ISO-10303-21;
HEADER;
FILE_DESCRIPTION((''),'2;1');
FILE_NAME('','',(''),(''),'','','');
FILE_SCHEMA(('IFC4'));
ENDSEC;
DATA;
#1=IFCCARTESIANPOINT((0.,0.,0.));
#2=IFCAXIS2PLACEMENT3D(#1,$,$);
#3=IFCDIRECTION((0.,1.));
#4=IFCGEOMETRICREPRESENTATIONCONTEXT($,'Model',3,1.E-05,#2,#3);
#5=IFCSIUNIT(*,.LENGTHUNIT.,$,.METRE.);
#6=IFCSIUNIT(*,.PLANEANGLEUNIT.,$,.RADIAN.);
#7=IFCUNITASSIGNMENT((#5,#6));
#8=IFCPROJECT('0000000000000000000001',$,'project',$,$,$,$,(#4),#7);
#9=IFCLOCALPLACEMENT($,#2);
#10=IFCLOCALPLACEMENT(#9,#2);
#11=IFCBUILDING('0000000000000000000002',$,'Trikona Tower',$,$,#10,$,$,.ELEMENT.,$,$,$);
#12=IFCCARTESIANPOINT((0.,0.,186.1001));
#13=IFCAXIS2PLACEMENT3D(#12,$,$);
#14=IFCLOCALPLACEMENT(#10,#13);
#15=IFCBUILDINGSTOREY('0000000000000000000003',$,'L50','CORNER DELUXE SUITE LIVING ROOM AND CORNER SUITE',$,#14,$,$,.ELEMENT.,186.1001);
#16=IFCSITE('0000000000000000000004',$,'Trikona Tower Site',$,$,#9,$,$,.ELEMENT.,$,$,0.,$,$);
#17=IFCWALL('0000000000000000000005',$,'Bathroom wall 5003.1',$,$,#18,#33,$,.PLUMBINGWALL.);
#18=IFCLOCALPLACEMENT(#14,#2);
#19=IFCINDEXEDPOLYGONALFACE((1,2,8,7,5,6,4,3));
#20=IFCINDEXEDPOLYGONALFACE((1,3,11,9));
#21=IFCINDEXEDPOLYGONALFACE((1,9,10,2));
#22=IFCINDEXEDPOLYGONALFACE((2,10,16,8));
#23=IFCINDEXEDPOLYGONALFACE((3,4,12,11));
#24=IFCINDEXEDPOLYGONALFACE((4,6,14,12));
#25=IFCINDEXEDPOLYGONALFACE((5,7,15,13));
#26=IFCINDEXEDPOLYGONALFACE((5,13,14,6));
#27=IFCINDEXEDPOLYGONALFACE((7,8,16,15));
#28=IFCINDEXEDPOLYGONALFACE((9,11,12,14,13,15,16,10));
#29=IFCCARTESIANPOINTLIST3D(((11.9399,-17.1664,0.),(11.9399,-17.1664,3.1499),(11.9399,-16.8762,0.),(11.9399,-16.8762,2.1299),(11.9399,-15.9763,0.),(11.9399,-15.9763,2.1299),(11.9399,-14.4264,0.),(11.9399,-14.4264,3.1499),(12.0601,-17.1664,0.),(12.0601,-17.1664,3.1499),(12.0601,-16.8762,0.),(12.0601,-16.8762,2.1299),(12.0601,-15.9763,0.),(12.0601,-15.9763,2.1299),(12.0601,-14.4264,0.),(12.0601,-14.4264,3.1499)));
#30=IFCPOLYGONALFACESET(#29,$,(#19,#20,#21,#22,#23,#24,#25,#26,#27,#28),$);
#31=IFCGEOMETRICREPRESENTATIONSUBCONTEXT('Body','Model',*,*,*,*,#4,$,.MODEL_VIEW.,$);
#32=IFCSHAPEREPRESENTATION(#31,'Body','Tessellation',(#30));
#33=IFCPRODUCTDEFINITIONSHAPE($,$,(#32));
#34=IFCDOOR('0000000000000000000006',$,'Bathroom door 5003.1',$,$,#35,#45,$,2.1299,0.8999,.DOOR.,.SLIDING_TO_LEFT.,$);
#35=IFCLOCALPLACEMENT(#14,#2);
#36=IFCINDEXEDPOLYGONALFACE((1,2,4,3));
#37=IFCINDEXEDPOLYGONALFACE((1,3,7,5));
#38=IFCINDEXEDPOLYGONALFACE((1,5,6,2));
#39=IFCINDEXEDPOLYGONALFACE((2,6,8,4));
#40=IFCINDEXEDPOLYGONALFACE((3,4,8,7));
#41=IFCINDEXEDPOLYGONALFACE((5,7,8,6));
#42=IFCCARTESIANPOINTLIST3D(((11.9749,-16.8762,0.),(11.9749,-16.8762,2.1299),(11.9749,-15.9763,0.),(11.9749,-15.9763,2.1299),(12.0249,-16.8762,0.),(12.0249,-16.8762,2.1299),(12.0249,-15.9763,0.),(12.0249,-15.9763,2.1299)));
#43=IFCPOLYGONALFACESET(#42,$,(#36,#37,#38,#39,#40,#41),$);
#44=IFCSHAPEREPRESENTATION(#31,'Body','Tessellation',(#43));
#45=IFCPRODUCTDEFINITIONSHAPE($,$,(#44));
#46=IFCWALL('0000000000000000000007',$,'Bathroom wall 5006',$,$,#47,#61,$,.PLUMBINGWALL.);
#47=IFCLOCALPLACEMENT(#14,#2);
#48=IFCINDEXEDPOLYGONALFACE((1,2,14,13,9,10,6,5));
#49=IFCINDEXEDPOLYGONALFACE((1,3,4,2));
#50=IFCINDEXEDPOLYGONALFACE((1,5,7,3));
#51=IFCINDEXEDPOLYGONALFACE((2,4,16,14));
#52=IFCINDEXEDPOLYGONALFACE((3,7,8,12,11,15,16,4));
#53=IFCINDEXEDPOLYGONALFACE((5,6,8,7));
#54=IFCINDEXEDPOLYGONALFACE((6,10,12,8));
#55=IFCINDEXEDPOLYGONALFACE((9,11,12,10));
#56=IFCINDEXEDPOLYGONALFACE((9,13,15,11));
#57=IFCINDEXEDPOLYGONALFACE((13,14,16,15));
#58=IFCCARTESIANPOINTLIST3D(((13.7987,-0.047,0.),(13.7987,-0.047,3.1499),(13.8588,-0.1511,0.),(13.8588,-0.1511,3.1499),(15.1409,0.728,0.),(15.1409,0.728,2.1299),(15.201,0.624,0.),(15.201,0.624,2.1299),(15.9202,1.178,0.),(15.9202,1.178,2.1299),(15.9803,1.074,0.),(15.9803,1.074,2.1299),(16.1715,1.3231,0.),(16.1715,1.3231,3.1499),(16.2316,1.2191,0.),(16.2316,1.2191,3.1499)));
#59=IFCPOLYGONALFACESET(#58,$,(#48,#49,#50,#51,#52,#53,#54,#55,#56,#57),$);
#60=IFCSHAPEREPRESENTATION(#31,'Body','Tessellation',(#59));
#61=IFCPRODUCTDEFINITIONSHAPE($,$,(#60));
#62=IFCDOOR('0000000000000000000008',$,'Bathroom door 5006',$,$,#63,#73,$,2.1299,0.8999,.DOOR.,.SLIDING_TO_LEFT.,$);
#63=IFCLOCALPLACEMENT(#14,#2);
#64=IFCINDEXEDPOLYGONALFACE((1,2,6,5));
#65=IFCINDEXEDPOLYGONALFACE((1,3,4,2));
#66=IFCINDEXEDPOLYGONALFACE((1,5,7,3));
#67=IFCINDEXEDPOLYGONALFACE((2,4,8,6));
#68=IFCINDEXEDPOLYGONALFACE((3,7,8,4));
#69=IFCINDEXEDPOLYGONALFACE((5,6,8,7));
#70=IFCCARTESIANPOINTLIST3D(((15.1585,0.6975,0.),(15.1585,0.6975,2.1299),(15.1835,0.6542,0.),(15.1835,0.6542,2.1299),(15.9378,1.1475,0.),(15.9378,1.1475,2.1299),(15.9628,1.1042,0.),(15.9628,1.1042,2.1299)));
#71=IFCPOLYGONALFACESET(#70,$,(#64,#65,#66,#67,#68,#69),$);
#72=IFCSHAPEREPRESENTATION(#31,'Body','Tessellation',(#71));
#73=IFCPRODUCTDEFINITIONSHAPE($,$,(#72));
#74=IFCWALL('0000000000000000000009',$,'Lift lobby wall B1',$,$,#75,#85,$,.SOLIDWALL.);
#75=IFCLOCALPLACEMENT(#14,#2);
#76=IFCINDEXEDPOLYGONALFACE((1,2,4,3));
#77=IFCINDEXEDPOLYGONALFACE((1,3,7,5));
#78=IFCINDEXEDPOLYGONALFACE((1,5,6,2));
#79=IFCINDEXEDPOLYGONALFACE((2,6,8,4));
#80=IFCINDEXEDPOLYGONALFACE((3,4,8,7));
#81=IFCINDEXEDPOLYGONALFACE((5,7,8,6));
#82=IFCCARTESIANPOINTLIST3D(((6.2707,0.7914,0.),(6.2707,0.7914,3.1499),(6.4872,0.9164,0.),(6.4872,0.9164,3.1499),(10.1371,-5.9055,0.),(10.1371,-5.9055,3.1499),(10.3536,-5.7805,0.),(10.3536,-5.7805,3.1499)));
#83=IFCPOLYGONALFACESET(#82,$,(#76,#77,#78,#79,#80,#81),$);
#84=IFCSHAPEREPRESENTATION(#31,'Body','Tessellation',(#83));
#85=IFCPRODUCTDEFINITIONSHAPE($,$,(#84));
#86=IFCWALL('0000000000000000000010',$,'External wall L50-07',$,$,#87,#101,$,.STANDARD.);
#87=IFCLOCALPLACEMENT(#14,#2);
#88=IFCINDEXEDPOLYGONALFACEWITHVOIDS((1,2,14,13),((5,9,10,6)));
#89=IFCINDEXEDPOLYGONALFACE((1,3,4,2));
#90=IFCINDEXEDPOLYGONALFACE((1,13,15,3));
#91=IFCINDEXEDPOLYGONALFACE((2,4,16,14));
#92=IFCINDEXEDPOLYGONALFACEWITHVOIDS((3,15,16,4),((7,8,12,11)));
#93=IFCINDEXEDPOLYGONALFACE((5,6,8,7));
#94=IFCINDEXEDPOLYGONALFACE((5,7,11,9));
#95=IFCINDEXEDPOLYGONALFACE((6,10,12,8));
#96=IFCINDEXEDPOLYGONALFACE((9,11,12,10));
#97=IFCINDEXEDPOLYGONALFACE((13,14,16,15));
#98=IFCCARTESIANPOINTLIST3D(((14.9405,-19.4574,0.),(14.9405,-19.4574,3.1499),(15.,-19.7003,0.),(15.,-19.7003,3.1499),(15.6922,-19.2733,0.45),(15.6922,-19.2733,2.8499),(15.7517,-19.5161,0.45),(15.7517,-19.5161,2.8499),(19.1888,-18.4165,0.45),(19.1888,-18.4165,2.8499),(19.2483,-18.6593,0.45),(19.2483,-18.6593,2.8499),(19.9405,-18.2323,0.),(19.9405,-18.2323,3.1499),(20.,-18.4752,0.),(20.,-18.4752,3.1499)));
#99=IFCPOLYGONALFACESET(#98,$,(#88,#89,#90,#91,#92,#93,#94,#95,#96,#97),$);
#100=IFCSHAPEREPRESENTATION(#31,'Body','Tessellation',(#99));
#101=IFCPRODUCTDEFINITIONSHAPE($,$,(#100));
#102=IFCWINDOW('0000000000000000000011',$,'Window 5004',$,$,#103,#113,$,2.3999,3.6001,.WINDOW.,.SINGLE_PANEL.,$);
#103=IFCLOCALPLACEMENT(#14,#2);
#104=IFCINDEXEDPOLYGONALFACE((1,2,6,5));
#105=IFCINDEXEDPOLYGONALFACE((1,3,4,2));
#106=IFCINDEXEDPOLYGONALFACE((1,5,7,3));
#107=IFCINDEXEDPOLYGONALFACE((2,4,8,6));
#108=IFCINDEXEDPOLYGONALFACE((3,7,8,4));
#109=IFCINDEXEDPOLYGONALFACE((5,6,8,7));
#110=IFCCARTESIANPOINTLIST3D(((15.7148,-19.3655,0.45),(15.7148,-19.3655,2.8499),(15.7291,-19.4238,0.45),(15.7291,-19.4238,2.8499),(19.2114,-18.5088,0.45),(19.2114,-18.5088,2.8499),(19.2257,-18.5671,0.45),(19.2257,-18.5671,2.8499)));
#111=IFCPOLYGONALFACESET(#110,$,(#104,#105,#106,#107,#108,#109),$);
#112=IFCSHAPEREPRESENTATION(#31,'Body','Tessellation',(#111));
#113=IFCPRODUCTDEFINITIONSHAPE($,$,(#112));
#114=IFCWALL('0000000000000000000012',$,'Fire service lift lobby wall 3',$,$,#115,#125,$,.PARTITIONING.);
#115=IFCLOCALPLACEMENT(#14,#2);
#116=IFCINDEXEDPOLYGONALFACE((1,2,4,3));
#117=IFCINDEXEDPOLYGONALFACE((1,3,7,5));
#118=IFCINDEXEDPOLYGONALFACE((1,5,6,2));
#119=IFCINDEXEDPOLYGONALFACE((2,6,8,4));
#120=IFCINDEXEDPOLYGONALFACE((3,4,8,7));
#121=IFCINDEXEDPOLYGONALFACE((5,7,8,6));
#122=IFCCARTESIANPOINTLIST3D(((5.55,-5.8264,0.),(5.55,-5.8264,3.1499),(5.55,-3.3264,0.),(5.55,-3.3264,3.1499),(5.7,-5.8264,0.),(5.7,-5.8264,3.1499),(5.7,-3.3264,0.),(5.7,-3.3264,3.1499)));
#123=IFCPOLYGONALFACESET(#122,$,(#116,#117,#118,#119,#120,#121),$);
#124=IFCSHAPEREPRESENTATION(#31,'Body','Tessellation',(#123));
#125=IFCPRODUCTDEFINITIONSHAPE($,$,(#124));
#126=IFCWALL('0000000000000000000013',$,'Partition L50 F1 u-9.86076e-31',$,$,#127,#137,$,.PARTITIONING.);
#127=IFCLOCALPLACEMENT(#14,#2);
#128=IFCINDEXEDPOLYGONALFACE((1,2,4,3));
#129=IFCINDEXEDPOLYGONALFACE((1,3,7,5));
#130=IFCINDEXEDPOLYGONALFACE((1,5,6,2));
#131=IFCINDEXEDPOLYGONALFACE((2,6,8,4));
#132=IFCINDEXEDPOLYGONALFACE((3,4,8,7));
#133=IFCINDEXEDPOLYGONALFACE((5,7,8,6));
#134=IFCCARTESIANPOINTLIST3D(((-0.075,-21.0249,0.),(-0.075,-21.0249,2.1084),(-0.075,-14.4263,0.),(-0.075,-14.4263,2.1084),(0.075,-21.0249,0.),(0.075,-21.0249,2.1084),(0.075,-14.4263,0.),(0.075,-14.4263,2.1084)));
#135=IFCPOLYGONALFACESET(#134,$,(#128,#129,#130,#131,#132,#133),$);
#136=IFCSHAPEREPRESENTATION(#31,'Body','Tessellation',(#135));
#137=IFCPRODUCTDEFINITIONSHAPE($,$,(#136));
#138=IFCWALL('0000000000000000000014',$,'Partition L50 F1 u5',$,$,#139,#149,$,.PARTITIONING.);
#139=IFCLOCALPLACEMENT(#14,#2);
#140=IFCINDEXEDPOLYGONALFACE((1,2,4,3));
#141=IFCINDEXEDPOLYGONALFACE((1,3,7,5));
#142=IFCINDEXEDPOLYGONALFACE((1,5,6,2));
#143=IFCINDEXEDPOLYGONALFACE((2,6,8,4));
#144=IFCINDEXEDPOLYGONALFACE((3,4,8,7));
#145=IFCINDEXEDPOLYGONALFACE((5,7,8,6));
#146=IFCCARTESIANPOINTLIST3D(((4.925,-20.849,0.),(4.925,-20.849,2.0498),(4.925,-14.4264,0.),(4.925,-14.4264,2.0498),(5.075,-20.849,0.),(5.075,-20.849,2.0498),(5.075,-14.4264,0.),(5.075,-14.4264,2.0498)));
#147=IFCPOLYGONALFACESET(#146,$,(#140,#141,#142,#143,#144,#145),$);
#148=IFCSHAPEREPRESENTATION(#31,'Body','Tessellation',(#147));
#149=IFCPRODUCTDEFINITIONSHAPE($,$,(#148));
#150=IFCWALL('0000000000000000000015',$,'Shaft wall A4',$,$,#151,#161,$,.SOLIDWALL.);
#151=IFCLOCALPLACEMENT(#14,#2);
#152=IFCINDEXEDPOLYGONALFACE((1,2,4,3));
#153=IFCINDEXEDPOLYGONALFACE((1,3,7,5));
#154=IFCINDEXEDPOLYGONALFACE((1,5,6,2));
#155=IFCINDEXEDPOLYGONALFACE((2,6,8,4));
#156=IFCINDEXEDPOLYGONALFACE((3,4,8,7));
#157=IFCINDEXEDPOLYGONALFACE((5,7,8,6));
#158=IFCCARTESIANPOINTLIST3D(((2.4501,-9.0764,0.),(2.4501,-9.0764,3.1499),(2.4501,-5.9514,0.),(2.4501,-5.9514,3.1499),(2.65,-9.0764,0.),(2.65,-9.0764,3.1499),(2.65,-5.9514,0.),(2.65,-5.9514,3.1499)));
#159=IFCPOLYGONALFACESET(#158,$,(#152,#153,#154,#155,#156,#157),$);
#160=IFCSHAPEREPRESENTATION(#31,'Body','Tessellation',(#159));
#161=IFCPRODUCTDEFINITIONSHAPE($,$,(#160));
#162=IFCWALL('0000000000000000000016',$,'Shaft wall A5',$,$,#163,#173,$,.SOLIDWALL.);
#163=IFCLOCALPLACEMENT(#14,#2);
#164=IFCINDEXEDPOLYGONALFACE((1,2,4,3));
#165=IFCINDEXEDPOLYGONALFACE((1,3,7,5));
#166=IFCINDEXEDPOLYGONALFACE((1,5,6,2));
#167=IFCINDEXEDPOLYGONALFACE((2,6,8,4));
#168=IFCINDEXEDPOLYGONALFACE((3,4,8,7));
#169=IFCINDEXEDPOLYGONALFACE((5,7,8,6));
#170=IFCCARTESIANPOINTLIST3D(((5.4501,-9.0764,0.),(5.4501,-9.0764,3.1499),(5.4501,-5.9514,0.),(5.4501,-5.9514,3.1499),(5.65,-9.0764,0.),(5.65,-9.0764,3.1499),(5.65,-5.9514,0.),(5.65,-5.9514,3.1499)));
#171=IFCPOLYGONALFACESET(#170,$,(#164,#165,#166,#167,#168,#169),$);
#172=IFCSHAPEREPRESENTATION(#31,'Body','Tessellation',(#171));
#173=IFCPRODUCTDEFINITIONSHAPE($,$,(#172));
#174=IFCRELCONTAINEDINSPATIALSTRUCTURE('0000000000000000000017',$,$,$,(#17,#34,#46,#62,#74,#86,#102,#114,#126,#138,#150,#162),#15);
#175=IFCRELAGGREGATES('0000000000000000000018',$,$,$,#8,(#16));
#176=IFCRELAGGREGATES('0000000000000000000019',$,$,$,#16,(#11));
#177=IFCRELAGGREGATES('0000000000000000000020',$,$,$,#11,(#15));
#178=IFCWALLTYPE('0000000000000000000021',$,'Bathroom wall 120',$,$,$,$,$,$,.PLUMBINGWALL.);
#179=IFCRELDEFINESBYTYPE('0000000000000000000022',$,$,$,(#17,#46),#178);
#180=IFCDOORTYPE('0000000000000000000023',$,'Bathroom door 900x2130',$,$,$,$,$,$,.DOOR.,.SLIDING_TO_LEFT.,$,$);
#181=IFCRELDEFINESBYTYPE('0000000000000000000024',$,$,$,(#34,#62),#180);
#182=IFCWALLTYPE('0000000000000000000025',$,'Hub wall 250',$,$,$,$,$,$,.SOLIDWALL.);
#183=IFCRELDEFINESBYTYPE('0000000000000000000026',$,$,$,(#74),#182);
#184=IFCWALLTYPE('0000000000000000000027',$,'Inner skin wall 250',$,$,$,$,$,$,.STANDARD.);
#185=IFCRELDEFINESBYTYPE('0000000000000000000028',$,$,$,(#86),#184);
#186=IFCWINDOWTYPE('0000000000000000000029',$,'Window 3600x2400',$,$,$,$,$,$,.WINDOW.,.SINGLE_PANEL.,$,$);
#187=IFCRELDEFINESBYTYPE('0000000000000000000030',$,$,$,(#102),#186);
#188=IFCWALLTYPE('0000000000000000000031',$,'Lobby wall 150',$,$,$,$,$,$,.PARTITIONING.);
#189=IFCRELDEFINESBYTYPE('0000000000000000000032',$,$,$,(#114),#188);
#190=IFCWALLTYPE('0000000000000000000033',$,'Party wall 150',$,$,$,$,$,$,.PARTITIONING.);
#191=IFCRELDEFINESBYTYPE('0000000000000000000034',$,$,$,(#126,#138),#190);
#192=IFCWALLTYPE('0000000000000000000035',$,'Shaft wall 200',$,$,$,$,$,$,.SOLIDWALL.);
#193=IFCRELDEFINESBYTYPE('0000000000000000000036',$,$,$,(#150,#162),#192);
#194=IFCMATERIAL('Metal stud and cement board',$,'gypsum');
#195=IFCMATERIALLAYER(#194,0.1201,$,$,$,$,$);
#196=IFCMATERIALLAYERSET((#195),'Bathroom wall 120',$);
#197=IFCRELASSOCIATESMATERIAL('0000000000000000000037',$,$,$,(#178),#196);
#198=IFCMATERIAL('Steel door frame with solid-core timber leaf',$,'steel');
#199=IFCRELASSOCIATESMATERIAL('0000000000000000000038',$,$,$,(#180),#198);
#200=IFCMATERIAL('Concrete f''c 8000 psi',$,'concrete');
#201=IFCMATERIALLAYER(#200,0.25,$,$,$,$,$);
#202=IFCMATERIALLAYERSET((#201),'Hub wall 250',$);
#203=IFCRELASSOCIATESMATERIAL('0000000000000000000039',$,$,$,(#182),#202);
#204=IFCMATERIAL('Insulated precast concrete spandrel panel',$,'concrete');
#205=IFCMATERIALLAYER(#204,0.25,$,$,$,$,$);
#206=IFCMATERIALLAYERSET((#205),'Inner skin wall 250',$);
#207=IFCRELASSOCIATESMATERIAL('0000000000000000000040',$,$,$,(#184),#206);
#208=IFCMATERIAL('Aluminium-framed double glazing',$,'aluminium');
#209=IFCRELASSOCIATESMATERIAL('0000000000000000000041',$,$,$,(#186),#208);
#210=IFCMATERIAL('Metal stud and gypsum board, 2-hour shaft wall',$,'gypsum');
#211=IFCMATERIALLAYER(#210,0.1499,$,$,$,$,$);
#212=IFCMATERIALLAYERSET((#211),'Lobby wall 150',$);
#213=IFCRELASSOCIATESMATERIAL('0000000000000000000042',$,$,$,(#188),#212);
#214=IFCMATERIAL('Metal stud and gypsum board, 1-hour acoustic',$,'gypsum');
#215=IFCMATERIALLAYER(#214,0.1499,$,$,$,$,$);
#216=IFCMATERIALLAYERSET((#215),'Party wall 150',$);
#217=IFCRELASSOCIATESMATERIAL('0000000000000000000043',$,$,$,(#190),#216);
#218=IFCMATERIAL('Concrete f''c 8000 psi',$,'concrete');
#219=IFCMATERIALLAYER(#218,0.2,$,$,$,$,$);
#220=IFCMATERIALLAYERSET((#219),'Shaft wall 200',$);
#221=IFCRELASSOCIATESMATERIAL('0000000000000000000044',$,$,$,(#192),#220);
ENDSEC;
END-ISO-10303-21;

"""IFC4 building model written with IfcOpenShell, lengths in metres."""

from ifc_helpers import new_model, si_unit, direction, frame, frame_2d, origin, place, context, subcontext, project, spatial, rectangle, extrude, material, layer, layer_set, type_object, element, fill, save


model = new_model("IFC4")

# Units and contexts
model_context = context("Model", 3, precision=1e-05, world=origin(), true_north=direction((0.0, 1.0)))
body_context = subcontext(model_context, "Body", "Model", "MODEL_VIEW")
ifc_project = project(units=[si_unit("LENGTHUNIT", "METRE"), si_unit("PLANEANGLEUNIT", "RADIAN")], contexts=[model_context])

# Site, building, storey
site_placement = place(None, origin())
site = spatial("IfcSite", under=ifc_project, at=site_placement, Name="Trikona Tower Site", CompositionType="ELEMENT", RefElevation=0.0)
building_placement = place(site_placement, origin())
building = spatial("IfcBuilding", under=site, at=building_placement, Name="Trikona Tower", CompositionType="ELEMENT")
storey_placement = place(building_placement, frame((0.0, 0.0, 186.1001)))
storey = spatial("IfcBuildingStorey", under=building, at=storey_placement, Name="L50", Description="CORNER DELUXE SUITE LIVING ROOM AND CORNER SUITE", CompositionType="ELEMENT", Elevation=186.1001)

# Shared definitions
ifc_material_1 = material(Name="Metal stud and cement board", Category="gypsum")
ifc_layer_1 = layer(ifc_material_1, 0.1201)
ifc_layer_set_1 = layer_set([ifc_layer_1], Name="Bathroom wall 120")
wall_type_1 = type_object("IfcWallType", Name="Bathroom wall 120", PredefinedType="PLUMBINGWALL", material=ifc_layer_set_1)

# Walls, openings, doors
wall_1_placement = place(storey_placement, frame((12.0, -14.4263, 0.0), z_axis=(0.0, 0.0, 1.0), x_axis=(0.0, -1.0, 0.0)))
wall_1 = element("IfcWall", 1, at=wall_1_placement, inside=storey, type_object=wall_type_1, Name="Bathroom wall 5003.1", PredefinedType="PLUMBINGWALL", context=body_context, shape_type="SweptSolid", body=[
    extrude(rectangle(XDim=2.74, YDim=0.1201, at=frame_2d((1.3701, 0.0))), origin(), (0.0, 0.0, 1.0), 3.1499),
])
opening_1_placement = place(wall_1_placement, frame((1.55, 0.0, 0.0)))
opening_1 = element("IfcOpeningElement", 2, at=opening_1_placement, cuts=wall_1, PredefinedType="OPENING", context=body_context, shape_type="SweptSolid", body=[
    extrude(rectangle(XDim=0.8999, YDim=2.1299, at=frame_2d((0.45, 1.0649))), frame((0.0, 0.0701, 0.0), z_axis=(0.0, -1.0, 0.0), x_axis=(1.0, 0.0, 0.0)), (0.0, 0.0, 1.0), 0.1401),
])
ifc_material_2 = material(Name="Steel door frame with solid-core timber leaf", Category="steel")
door_type_1 = type_object("IfcDoorType", Name="Bathroom door 900x2130", OperationType="SLIDING_TO_LEFT", PredefinedType="DOOR", material=ifc_material_2)
door_1_placement = place(opening_1_placement, origin())
door_1 = element("IfcDoor", 3, at=door_1_placement, inside=storey, type_object=door_type_1, Name="Bathroom door 5003.1", OperationType="SLIDING_TO_LEFT", OverallHeight=2.1299, OverallWidth=0.8999, PredefinedType="DOOR", context=body_context, shape_type="SweptSolid", body=[
    extrude(rectangle(XDim=0.8999, YDim=2.1299, at=frame_2d((0.45, 1.0649))), frame((0.0, 0.0249, 0.0), z_axis=(0.0, -1.0, 0.0), x_axis=(1.0, 0.0, 0.0)), (0.0, 0.0, 1.0), 0.05),
])
fill(opening_1, door_1)
wall_2_placement = place(storey_placement, frame((13.8286, -0.0991, 0.0), z_axis=(0.0, 0.0, 1.0), x_axis=(0.865997, 0.500049, 0.0)))
wall_2 = element("IfcWall", 4, at=wall_2_placement, inside=storey, type_object=wall_type_1, Name="Bathroom wall 5006", PredefinedType="PLUMBINGWALL", context=body_context, shape_type="SweptSolid", body=[
    extrude(rectangle(XDim=2.74, YDim=0.1201, at=frame_2d((1.3701, 0.0))), origin(), (0.0, 0.0, 1.0), 3.1499),
])
opening_2_placement = place(wall_2_placement, frame((1.55, 0.0, 0.0)))
opening_2 = element("IfcOpeningElement", 5, at=opening_2_placement, cuts=wall_2, PredefinedType="OPENING", context=body_context, shape_type="SweptSolid", body=[
    extrude(rectangle(XDim=0.8999, YDim=2.1299, at=frame_2d((0.45, 1.0649))), frame((0.0, 0.0701, 0.0), z_axis=(0.0, -1.0, 0.0), x_axis=(1.0, 0.0, 0.0)), (0.0, 0.0, 1.0), 0.1401),
])
door_2_placement = place(opening_2_placement, origin())
door_2 = element("IfcDoor", 6, at=door_2_placement, inside=storey, type_object=door_type_1, Name="Bathroom door 5006", OperationType="SLIDING_TO_LEFT", OverallHeight=2.1299, OverallWidth=0.8999, PredefinedType="DOOR", context=body_context, shape_type="SweptSolid", body=[
    extrude(rectangle(XDim=0.8999, YDim=2.1299, at=frame_2d((0.45, 1.0649))), frame((0.0, 0.0249, 0.0), z_axis=(0.0, -1.0, 0.0), x_axis=(1.0, 0.0, 0.0)), (0.0, 0.0, 1.0), 0.05),
])
fill(opening_2, door_2)

# Wall
ifc_material_3 = material(Name="Concrete f'c 8000 psi", Category="concrete")
ifc_layer_2 = layer(ifc_material_3, 0.25)
ifc_layer_set_2 = layer_set([ifc_layer_2], Name="Hub wall 250")
wall_type_2 = type_object("IfcWallType", Name="Hub wall 250", PredefinedType="SOLIDWALL", material=ifc_layer_set_2)
wall_3_placement = place(storey_placement, frame((10.2454, -5.843, 0.0), z_axis=(0.0, 0.0, 1.0), x_axis=(-0.499993, 0.866029, 0.0)))
element("IfcWall", 7, at=wall_3_placement, inside=storey, type_object=wall_type_2, Name="Lift lobby wall B1", PredefinedType="SOLIDWALL", context=body_context, shape_type="SweptSolid", body=[
    extrude(rectangle(XDim=7.7329, YDim=0.25, at=frame_2d((3.8665, 0.0))), origin(), (0.0, 0.0, 1.0), 3.1499),
])

# Wall, opening, window
ifc_material_4 = material(Name="Insulated precast concrete spandrel panel", Category="concrete")
ifc_layer_3 = layer(ifc_material_4, 0.25)
ifc_layer_set_3 = layer_set([ifc_layer_3], Name="Inner skin wall 250")
wall_type_3 = type_object("IfcWallType", Name="Inner skin wall 250", PredefinedType="STANDARD", material=ifc_layer_set_3)
wall_4_placement = place(storey_placement, frame((14.9702, -19.5789, 0.0), z_axis=(0.0, 0.0, 1.0), x_axis=(0.97127, 0.23798, 0.0)))
wall_4 = element("IfcWall", 8, at=wall_4_placement, inside=storey, type_object=wall_type_3, Name="External wall L50-07", PredefinedType="STANDARD", context=body_context, shape_type="SweptSolid", body=[
    extrude(rectangle(XDim=5.1479, YDim=0.25, at=frame_2d((2.574, 0.0))), origin(), (0.0, 0.0, 1.0), 3.1499),
])
opening_3_placement = place(wall_4_placement, frame((0.7739, 0.0, 0.45)))
opening_3 = element("IfcOpeningElement", 9, at=opening_3_placement, cuts=wall_4, PredefinedType="OPENING", context=body_context, shape_type="SweptSolid", body=[
    extrude(rectangle(XDim=3.6001, YDim=2.3999, at=frame_2d((1.8, 1.2))), frame((0.0, 0.135, 0.0), z_axis=(0.0, -1.0, 0.0), x_axis=(1.0, 0.0, 0.0)), (0.0, 0.0, 1.0), 0.27),
])
ifc_material_5 = material(Name="Aluminium-framed double glazing", Category="aluminium")
window_type = type_object("IfcWindowType", Name="Window 3600x2400", PartitioningType="SINGLE_PANEL", PredefinedType="WINDOW", material=ifc_material_5)
window_placement = place(opening_3_placement, origin())
window = element("IfcWindow", 10, at=window_placement, inside=storey, type_object=window_type, Name="Window 5004", OverallHeight=2.3999, OverallWidth=3.6001, PartitioningType="SINGLE_PANEL", PredefinedType="WINDOW", context=body_context, shape_type="SweptSolid", body=[
    extrude(rectangle(XDim=3.6001, YDim=2.3999, at=frame_2d((1.8, 1.2))), frame((0.0, 0.03, 0.0), z_axis=(0.0, -1.0, 0.0), x_axis=(1.0, 0.0, 0.0)), (0.0, 0.0, 1.0), 0.0601),
])
fill(opening_3, window)

# Walls
ifc_material_6 = material(Name="Metal stud and gypsum board, 2-hour shaft wall", Category="gypsum")
ifc_layer_4 = layer(ifc_material_6, 0.1499)
ifc_layer_set_4 = layer_set([ifc_layer_4], Name="Lobby wall 150")
wall_type_4 = type_object("IfcWallType", Name="Lobby wall 150", PredefinedType="PARTITIONING", material=ifc_layer_set_4)
wall_5_placement = place(storey_placement, frame((5.625, -5.8264, 0.0), z_axis=(0.0, 0.0, 1.0), x_axis=(0.0, 1.0, 0.0)))
element("IfcWall", 11, at=wall_5_placement, inside=storey, type_object=wall_type_4, Name="Fire service lift lobby wall 3", PredefinedType="PARTITIONING", context=body_context, shape_type="SweptSolid", body=[
    extrude(rectangle(XDim=2.5, YDim=0.1499, at=frame_2d((1.25, 0.0))), origin(), (0.0, 0.0, 1.0), 3.1499),
])
ifc_material_7 = material(Name="Metal stud and gypsum board, 1-hour acoustic", Category="gypsum")
ifc_layer_5 = layer(ifc_material_7, 0.1499)
ifc_layer_set_5 = layer_set([ifc_layer_5], Name="Party wall 150")
wall_type_5 = type_object("IfcWallType", Name="Party wall 150", PredefinedType="PARTITIONING", material=ifc_layer_set_5)
wall_6_placement = place(storey_placement, frame((0.0, -14.4263, 0.0), z_axis=(0.0, 0.0, 1.0), x_axis=(0.0, -1.0, 0.0)))
element("IfcWall", 12, at=wall_6_placement, inside=storey, type_object=wall_type_5, Name="Partition L50 F1 u-9.86076e-31", PredefinedType="PARTITIONING", context=body_context, shape_type="SweptSolid", body=[
    extrude(rectangle(XDim=6.5986, YDim=0.1499, at=frame_2d((3.2993, 0.0))), origin(), (0.0, 0.0, 1.0), 2.1084),
])
wall_7_placement = place(storey_placement, frame((5.0, -14.4263, 0.0), z_axis=(0.0, 0.0, 1.0), x_axis=(0.0, -1.0, 0.0)))
element("IfcWall", 13, at=wall_7_placement, inside=storey, type_object=wall_type_5, Name="Partition L50 F1 u5", PredefinedType="PARTITIONING", context=body_context, shape_type="SweptSolid", body=[
    extrude(rectangle(XDim=6.4226, YDim=0.1499, at=frame_2d((3.2114, 0.0))), origin(), (0.0, 0.0, 1.0), 2.0498),
])
ifc_material_8 = material(Name="Concrete f'c 8000 psi", Category="concrete")
ifc_layer_6 = layer(ifc_material_8, 0.2)
ifc_layer_set_6 = layer_set([ifc_layer_6], Name="Shaft wall 200")
wall_type_6 = type_object("IfcWallType", Name="Shaft wall 200", PredefinedType="SOLIDWALL", material=ifc_layer_set_6)
for number, where, z_axis, x_axis, name in (
    (14, (2.55, -5.9514, 0.0), (0.0, 0.0, 1.0), (0.0, -1.0, 0.0), "Shaft wall A4"),
    (15, (5.55, -5.9514, 0.0), (0.0, 0.0, 1.0), (0.0, -1.0, 0.0), "Shaft wall A5"),
):
    element("IfcWall", number, at=place(storey_placement, frame(where, z_axis=z_axis, x_axis=x_axis)), inside=storey, type_object=wall_type_6, Name=name, PredefinedType="SOLIDWALL", context=body_context, shape_type="SweptSolid", body=[
        extrude(rectangle(XDim=3.125, YDim=0.2, at=frame_2d((1.5625, 0.0))), origin(), (0.0, 0.0, 1.0), 3.1499),
    ])

save(model, "model.ifc")
